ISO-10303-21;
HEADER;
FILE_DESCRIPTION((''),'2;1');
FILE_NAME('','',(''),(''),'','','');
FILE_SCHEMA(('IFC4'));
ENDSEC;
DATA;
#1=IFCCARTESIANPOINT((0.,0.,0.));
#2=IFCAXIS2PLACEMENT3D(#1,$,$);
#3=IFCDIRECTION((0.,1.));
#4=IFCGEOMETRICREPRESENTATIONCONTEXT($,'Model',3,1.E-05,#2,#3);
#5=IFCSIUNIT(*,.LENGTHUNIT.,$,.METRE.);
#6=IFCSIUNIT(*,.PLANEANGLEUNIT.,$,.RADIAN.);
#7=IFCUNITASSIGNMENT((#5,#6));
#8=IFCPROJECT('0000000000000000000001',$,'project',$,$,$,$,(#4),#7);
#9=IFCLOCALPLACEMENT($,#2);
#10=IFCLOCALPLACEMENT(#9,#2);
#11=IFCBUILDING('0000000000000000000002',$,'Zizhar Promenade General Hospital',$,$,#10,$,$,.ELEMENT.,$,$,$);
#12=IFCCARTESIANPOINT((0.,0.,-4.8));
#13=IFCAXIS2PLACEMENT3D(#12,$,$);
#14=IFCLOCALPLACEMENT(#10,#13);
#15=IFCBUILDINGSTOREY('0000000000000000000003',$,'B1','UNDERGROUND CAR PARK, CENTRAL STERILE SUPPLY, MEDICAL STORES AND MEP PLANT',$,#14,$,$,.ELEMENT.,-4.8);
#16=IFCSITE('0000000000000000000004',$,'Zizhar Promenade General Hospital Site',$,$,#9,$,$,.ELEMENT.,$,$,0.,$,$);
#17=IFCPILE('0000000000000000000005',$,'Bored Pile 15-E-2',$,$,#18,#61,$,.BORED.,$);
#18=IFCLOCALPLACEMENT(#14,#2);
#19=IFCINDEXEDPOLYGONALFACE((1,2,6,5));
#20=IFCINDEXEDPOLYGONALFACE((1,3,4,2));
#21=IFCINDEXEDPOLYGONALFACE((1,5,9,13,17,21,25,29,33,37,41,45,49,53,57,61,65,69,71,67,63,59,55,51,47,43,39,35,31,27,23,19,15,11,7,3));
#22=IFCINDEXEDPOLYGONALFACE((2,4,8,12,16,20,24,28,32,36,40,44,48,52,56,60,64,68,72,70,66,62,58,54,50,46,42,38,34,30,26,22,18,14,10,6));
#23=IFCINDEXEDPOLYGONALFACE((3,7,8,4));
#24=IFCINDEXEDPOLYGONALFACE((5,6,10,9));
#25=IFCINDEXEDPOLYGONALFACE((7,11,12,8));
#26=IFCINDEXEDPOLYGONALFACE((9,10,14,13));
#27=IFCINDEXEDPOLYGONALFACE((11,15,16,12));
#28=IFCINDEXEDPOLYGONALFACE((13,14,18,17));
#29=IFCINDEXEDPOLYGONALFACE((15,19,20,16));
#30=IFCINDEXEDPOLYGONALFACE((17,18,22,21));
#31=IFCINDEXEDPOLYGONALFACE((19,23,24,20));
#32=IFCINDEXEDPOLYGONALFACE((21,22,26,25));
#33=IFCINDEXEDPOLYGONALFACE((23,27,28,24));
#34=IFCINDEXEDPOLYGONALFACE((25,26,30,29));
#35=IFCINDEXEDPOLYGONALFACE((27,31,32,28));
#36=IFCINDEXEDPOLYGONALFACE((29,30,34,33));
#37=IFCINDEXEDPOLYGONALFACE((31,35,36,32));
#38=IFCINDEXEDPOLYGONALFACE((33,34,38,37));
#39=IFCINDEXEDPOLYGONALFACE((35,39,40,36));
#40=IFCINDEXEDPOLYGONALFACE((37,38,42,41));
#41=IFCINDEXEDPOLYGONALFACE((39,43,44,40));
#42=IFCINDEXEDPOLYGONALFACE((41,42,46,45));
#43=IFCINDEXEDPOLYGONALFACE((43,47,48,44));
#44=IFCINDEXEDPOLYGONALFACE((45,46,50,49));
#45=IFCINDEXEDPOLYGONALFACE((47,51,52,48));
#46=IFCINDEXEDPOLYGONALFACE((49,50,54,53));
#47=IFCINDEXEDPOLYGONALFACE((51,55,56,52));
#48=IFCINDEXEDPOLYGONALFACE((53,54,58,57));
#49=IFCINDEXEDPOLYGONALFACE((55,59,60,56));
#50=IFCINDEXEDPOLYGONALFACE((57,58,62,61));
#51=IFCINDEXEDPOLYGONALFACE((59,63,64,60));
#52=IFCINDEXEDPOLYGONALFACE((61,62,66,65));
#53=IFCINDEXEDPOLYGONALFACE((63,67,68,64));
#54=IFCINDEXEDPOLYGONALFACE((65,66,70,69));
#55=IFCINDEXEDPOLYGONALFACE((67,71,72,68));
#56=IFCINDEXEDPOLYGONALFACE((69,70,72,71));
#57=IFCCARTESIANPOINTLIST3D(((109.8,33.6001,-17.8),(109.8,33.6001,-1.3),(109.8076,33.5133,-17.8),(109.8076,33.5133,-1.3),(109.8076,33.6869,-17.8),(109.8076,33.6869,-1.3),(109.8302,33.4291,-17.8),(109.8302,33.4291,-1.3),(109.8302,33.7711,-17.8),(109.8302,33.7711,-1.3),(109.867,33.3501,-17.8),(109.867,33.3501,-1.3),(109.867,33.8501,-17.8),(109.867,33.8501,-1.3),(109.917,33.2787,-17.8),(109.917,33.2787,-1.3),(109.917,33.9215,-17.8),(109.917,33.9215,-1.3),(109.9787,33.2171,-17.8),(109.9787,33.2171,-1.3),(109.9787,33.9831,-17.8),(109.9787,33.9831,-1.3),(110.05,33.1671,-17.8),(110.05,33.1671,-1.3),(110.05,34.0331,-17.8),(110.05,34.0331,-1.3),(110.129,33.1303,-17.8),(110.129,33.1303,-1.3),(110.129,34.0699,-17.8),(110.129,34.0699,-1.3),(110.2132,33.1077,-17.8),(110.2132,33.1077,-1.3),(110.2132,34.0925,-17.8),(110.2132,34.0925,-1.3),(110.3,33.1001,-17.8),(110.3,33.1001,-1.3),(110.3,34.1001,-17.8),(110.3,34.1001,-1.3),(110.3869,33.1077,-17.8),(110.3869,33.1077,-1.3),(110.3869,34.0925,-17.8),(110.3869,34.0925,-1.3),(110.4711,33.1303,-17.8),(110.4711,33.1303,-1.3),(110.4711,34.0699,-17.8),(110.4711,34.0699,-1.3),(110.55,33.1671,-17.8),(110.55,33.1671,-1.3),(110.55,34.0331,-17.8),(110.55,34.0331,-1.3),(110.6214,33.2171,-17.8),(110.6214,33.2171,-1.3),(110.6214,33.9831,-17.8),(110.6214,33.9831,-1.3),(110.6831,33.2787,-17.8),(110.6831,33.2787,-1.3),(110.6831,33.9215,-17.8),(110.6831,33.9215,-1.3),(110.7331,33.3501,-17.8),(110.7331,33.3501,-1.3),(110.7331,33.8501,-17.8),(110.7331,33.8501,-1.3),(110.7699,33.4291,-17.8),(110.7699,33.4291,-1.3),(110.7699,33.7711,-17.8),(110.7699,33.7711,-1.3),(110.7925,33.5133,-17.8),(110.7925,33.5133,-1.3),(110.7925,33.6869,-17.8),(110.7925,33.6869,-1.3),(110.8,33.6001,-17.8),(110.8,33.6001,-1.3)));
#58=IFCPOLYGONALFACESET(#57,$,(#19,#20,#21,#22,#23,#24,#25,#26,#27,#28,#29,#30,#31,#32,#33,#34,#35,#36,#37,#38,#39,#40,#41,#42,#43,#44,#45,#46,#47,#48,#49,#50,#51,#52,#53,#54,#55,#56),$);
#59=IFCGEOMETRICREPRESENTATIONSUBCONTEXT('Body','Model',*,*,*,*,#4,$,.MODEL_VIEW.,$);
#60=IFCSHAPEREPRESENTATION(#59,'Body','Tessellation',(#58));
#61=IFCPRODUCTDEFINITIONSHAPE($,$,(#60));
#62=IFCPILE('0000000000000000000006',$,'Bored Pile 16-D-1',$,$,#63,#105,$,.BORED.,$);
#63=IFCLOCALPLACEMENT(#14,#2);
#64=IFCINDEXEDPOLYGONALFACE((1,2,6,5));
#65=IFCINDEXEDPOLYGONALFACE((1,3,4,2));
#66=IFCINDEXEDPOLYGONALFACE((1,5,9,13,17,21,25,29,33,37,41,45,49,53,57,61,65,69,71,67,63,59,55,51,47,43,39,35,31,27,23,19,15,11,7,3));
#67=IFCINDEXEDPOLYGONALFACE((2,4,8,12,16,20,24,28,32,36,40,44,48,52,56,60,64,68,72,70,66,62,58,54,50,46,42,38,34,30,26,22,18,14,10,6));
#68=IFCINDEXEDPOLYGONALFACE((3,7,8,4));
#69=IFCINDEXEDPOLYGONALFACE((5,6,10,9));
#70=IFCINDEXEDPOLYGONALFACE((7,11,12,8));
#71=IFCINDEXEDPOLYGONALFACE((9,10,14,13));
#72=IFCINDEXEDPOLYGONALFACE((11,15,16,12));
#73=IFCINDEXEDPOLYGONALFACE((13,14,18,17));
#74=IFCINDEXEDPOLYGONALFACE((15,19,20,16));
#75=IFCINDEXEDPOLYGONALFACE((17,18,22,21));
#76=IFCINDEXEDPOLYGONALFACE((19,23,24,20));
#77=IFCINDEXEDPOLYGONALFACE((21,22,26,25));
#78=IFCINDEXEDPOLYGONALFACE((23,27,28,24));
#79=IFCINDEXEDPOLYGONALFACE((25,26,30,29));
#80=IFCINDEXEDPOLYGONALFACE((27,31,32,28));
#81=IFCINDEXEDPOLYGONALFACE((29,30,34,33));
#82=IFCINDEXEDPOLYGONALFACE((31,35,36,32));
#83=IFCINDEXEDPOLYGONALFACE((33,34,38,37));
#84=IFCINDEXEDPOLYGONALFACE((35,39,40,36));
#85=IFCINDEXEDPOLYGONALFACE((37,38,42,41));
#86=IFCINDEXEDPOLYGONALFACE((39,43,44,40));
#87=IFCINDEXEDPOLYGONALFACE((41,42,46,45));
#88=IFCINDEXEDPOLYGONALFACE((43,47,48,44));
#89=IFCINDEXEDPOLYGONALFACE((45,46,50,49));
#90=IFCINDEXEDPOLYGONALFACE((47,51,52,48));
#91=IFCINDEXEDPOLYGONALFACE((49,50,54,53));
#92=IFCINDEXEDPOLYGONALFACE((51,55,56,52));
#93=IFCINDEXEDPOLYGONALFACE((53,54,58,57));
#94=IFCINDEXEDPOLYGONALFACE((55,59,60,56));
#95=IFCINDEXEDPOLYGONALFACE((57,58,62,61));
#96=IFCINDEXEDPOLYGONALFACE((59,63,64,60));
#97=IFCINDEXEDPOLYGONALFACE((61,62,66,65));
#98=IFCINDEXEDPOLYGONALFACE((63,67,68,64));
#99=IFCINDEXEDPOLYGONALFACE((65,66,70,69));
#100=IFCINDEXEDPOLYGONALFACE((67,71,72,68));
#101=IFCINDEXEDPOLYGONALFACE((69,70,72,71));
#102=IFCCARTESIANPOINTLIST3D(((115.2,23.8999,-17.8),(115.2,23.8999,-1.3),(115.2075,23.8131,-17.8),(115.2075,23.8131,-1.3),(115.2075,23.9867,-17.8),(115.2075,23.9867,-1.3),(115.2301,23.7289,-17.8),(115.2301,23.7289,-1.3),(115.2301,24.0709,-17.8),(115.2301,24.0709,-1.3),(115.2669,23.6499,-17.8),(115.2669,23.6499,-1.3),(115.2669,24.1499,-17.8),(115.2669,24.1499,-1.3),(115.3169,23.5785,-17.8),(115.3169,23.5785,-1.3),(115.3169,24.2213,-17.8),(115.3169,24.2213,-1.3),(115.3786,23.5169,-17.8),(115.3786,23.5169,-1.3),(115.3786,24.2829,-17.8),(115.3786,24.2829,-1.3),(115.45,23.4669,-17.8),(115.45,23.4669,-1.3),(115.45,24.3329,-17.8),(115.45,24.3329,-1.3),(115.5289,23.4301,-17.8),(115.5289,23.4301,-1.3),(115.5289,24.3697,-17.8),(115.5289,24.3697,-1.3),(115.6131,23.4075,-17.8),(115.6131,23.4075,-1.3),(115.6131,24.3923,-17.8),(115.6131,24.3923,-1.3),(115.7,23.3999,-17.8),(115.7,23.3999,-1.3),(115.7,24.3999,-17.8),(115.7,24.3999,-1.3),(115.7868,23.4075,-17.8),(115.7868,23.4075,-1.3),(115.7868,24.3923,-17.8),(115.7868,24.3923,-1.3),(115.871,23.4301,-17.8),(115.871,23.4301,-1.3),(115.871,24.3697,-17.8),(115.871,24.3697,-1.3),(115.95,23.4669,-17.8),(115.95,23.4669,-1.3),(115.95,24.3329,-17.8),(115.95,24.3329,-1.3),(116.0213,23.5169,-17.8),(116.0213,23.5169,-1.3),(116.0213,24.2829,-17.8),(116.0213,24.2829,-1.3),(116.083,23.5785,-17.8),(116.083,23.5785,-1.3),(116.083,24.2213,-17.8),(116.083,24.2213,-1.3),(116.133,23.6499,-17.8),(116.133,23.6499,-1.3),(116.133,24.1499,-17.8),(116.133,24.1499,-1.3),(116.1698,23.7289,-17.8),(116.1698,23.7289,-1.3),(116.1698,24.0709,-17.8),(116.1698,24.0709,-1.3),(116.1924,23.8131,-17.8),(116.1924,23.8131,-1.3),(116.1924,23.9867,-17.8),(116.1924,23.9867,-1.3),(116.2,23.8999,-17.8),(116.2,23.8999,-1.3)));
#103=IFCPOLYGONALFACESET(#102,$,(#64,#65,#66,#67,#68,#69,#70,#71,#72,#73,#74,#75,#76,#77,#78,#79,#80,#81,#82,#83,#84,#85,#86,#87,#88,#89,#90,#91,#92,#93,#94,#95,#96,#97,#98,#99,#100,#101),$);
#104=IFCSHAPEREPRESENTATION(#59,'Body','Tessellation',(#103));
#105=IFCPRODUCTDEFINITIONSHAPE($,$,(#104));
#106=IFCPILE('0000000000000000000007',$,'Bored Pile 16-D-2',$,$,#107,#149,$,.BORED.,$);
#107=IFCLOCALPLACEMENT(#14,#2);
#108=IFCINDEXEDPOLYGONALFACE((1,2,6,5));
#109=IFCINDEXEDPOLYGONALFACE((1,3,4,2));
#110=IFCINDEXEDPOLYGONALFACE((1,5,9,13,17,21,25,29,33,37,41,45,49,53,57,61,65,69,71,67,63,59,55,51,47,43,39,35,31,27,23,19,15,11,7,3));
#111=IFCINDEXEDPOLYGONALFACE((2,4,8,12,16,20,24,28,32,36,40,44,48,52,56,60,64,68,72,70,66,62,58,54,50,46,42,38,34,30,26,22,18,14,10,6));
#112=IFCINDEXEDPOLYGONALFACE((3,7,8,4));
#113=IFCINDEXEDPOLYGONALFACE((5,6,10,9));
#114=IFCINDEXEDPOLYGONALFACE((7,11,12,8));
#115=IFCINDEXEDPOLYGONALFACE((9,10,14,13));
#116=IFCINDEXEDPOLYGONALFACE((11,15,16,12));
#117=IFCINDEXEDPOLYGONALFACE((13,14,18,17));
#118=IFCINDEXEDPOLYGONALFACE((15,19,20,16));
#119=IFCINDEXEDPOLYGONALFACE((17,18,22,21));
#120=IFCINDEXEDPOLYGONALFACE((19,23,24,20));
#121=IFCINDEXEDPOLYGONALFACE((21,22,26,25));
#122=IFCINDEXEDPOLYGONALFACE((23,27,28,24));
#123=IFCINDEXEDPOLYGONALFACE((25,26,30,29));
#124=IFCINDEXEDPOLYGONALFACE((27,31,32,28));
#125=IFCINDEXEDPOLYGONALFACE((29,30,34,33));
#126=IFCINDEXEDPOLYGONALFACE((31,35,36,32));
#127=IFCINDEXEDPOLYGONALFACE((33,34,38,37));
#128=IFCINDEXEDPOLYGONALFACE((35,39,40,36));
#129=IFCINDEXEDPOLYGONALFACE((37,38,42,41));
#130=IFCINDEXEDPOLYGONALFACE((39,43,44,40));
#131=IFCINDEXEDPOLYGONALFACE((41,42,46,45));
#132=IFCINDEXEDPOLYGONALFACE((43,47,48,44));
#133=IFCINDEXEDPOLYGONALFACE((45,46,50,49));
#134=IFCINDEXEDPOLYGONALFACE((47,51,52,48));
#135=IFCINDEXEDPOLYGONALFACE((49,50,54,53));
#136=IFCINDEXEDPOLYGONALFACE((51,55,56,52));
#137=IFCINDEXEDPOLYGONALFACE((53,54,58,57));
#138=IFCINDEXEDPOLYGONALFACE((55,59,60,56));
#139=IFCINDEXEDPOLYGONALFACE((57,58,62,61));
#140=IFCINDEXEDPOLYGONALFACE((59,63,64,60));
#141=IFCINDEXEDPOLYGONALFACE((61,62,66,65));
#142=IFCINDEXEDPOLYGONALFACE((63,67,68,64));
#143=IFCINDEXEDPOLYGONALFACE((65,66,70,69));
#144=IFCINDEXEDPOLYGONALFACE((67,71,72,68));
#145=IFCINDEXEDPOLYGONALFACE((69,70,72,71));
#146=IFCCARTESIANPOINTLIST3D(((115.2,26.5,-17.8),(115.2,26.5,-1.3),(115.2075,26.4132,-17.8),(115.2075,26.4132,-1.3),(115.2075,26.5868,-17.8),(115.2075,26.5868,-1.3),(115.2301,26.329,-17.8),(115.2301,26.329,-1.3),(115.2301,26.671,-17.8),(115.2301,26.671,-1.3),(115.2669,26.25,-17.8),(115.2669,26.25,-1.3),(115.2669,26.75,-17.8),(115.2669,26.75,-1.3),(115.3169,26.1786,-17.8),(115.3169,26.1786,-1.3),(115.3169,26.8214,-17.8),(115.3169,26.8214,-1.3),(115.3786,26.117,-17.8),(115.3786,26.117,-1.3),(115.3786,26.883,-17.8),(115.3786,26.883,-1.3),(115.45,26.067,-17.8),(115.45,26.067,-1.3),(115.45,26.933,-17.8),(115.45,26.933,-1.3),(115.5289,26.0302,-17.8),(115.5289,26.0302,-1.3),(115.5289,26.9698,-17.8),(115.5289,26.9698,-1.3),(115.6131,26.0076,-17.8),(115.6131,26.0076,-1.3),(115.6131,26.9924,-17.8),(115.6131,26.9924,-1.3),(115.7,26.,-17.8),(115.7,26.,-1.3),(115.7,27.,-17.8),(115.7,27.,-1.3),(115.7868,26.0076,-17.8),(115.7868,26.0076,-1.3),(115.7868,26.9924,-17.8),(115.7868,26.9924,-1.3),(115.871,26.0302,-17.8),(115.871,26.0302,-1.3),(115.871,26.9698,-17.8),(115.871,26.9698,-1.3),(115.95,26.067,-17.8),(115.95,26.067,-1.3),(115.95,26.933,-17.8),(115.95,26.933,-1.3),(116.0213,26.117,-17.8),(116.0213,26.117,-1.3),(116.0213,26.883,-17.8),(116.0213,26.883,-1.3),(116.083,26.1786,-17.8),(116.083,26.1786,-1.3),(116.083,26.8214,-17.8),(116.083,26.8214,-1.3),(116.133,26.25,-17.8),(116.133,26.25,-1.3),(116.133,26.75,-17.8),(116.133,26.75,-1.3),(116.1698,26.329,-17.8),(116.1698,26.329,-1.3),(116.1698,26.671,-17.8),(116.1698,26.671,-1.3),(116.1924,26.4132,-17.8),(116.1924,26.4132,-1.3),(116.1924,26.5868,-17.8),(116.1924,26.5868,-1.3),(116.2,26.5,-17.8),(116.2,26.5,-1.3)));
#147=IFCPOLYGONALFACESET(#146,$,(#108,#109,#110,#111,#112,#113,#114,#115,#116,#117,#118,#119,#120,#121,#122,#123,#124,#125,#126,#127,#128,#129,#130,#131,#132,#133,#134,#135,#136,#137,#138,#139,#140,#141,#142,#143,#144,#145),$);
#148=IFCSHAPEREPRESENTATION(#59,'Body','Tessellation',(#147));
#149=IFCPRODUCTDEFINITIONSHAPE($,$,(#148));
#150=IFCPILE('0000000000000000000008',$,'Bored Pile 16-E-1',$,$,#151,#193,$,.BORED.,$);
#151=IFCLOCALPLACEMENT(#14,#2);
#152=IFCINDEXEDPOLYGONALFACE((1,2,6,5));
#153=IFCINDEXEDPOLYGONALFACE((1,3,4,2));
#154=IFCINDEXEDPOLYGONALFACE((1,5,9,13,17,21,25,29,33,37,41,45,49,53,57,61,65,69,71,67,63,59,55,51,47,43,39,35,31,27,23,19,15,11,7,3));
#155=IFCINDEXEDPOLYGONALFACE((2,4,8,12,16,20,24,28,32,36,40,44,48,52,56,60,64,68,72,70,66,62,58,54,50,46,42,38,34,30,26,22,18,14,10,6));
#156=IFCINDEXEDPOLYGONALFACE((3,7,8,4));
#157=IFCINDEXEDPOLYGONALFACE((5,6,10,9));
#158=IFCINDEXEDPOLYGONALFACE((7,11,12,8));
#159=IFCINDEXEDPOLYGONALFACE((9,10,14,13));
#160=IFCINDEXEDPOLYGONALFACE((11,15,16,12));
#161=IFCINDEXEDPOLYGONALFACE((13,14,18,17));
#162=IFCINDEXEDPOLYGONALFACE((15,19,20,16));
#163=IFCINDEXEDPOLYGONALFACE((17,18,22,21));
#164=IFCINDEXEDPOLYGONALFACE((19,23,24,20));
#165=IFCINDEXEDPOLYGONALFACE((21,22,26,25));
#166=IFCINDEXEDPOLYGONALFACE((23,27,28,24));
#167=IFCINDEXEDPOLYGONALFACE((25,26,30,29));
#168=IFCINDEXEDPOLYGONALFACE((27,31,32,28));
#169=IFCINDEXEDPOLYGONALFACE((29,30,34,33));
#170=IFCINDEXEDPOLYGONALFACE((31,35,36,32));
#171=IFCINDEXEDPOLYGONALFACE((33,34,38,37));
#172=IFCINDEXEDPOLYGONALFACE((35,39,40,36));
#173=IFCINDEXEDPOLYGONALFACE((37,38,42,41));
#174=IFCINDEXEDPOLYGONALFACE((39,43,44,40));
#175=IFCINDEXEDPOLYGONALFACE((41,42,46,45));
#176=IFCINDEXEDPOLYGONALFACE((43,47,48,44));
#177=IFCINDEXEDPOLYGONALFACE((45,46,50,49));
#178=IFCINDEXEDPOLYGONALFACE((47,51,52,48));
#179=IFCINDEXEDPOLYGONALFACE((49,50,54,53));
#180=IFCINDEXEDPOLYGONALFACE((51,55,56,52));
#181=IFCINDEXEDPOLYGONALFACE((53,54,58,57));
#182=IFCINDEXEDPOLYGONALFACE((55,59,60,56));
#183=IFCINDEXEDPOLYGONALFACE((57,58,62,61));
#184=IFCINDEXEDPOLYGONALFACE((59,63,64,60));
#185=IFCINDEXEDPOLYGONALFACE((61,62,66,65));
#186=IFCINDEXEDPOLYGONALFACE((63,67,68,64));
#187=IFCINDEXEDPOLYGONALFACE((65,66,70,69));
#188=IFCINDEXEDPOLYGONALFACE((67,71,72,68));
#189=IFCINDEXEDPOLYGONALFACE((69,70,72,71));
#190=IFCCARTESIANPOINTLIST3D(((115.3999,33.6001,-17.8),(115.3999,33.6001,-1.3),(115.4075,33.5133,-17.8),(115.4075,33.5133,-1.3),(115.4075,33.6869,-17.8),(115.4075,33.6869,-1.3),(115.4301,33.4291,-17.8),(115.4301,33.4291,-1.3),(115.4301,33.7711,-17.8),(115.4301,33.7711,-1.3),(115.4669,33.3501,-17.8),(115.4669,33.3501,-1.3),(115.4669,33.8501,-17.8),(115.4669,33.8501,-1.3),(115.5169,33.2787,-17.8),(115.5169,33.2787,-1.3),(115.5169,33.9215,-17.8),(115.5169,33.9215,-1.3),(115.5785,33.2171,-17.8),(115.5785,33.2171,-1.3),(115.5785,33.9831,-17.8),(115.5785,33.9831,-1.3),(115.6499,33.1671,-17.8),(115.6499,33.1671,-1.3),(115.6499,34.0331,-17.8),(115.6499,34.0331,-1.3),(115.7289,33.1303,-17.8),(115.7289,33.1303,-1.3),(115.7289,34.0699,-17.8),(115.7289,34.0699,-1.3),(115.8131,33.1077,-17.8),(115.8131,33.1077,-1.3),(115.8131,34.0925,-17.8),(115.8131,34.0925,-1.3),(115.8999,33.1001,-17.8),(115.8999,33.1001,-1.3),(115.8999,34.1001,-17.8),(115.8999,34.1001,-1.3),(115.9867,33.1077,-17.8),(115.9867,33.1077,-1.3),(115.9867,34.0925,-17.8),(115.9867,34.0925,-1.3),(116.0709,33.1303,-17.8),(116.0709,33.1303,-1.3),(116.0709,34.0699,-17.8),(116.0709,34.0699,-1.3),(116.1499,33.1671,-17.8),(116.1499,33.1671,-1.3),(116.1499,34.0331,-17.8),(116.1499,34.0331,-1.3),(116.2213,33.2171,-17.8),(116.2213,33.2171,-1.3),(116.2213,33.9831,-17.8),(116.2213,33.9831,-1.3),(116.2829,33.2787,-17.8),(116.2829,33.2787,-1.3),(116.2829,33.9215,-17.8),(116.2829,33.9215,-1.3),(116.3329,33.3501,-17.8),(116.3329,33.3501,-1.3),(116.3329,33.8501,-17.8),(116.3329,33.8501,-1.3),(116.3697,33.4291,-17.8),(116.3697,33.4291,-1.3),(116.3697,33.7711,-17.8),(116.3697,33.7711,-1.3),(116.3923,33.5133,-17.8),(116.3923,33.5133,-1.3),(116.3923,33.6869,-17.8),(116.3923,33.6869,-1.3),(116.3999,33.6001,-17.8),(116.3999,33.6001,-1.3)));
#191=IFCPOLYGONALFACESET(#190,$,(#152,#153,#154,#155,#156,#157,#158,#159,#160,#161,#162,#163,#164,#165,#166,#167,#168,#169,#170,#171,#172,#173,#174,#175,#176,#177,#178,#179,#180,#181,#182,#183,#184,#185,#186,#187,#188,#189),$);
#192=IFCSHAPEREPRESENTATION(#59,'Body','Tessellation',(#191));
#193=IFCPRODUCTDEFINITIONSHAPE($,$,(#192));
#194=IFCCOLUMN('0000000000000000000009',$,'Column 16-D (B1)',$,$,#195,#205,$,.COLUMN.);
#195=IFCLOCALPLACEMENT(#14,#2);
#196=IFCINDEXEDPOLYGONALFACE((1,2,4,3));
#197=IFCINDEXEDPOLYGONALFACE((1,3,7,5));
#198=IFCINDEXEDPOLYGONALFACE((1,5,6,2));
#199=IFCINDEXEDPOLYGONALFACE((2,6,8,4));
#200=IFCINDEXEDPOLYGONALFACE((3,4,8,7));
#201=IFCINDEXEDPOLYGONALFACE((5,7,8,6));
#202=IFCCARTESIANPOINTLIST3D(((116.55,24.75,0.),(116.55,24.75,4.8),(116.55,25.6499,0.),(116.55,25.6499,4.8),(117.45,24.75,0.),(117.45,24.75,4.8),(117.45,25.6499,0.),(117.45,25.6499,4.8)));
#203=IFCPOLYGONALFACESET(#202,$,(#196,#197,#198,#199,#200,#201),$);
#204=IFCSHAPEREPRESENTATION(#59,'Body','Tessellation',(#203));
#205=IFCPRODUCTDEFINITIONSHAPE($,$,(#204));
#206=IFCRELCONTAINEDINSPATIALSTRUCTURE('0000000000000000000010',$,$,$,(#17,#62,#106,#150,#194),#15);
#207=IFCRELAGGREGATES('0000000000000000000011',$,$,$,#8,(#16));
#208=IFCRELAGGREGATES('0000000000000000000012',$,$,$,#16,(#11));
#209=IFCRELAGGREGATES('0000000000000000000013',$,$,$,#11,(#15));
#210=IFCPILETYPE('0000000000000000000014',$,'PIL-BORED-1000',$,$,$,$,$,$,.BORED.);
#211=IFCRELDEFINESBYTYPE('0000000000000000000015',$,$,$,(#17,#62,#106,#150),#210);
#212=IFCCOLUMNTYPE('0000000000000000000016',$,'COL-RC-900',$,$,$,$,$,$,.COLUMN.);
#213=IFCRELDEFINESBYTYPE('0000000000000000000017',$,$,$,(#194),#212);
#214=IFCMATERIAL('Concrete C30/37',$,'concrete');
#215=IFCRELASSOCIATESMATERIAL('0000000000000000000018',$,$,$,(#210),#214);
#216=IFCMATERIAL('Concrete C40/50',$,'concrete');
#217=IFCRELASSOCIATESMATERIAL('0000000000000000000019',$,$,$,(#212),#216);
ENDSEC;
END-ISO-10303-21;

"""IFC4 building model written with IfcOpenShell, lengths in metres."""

from ifc_helpers import new_model, si_unit, direction, frame, origin, origin_2d, place, context, subcontext, project, spatial, rectangle, circle, extrude, material, material_profile, profile_set, type_object, element, save


model = new_model("IFC4")

# Units and contexts
model_context = context("Model", 3, precision=1e-05, world=origin(), true_north=direction((0.0, 1.0)))
body_context = subcontext(model_context, "Body", "Model", "MODEL_VIEW")
ifc_project = project(units=[si_unit("LENGTHUNIT", "METRE"), si_unit("PLANEANGLEUNIT", "RADIAN")], contexts=[model_context])

# Site, building, storey
site_placement = place(None, origin())
site = spatial("IfcSite", under=ifc_project, at=site_placement, Name="Zizhar Promenade General Hospital Site", CompositionType="ELEMENT", RefElevation=0.0)
building_placement = place(site_placement, origin())
building = spatial("IfcBuilding", under=site, at=building_placement, Name="Zizhar Promenade General Hospital", CompositionType="ELEMENT")
storey_placement = place(building_placement, frame((0.0, 0.0, -4.8)))
storey = spatial("IfcBuildingStorey", under=building, at=storey_placement, Name="B1", Description="UNDERGROUND CAR PARK, CENTRAL STERILE SUPPLY, MEDICAL STORES AND MEP PLANT", CompositionType="ELEMENT", Elevation=-4.8)

# Piles
ifc_material_1 = material(Name="Concrete C30/37", Category="concrete")
ifc_material_profile_1 = material_profile(ifc_material_1, circle(Radius=0.5, at=origin_2d()))
ifc_profile_set_1 = profile_set([ifc_material_profile_1], Name="Concrete C30/37")
pile_type = type_object("IfcPileType", Name="PIL-BORED-1000", PredefinedType="BORED", material=ifc_profile_set_1)
for number, where, z_axis, x_axis, name in (
    (1, (110.3, 33.6001, -1.3), (0.0, 0.0, -1.0), (1.0, 0.0, 0.0), "Bored Pile 15-E-2"),
    (2, (115.7, 23.8999, -1.3), (0.0, 0.0, -1.0), (1.0, 0.0, 0.0), "Bored Pile 16-D-1"),
    (3, (115.7, 26.5, -1.3), (0.0, 0.0, -1.0), (1.0, 0.0, 0.0), "Bored Pile 16-D-2"),
    (4, (115.8999, 33.6001, -1.3), (0.0, 0.0, -1.0), (1.0, 0.0, 0.0), "Bored Pile 16-E-1"),
):
    element("IfcPile", number, at=place(storey_placement, frame(where, z_axis=z_axis, x_axis=x_axis)), inside=storey, type_object=pile_type, Name=name, PredefinedType="BORED", context=body_context, shape_type="SweptSolid", body=[
        extrude(circle(Radius=0.5, at=origin_2d()), origin(), (0.0, 0.0, 1.0), 16.5),
    ])

# Column
ifc_material_2 = material(Name="Concrete C40/50", Category="concrete")
ifc_material_profile_2 = material_profile(ifc_material_2, rectangle(XDim=0.8999, YDim=0.8999, at=origin_2d()))
ifc_profile_set_2 = profile_set([ifc_material_profile_2], Name="Concrete C40/50")
column_type = type_object("IfcColumnType", Name="COL-RC-900", PredefinedType="COLUMN", material=ifc_profile_set_2)
for number, where, z_axis, x_axis, name in (
    (5, (117.0, 25.2, 0.0), (0.0, 0.0, 1.0), (1.0, 0.0, 0.0), "Column 16-D (B1)"),
):
    element("IfcColumn", number, at=place(storey_placement, frame(where, z_axis=z_axis, x_axis=x_axis)), inside=storey, type_object=column_type, Name=name, PredefinedType="COLUMN", context=body_context, shape_type="SweptSolid", body=[
        extrude(rectangle(XDim=0.8999, YDim=0.8999, at=origin_2d()), origin(), (0.0, 0.0, 1.0), 4.8),
    ])

save(model, "model.ifc")
